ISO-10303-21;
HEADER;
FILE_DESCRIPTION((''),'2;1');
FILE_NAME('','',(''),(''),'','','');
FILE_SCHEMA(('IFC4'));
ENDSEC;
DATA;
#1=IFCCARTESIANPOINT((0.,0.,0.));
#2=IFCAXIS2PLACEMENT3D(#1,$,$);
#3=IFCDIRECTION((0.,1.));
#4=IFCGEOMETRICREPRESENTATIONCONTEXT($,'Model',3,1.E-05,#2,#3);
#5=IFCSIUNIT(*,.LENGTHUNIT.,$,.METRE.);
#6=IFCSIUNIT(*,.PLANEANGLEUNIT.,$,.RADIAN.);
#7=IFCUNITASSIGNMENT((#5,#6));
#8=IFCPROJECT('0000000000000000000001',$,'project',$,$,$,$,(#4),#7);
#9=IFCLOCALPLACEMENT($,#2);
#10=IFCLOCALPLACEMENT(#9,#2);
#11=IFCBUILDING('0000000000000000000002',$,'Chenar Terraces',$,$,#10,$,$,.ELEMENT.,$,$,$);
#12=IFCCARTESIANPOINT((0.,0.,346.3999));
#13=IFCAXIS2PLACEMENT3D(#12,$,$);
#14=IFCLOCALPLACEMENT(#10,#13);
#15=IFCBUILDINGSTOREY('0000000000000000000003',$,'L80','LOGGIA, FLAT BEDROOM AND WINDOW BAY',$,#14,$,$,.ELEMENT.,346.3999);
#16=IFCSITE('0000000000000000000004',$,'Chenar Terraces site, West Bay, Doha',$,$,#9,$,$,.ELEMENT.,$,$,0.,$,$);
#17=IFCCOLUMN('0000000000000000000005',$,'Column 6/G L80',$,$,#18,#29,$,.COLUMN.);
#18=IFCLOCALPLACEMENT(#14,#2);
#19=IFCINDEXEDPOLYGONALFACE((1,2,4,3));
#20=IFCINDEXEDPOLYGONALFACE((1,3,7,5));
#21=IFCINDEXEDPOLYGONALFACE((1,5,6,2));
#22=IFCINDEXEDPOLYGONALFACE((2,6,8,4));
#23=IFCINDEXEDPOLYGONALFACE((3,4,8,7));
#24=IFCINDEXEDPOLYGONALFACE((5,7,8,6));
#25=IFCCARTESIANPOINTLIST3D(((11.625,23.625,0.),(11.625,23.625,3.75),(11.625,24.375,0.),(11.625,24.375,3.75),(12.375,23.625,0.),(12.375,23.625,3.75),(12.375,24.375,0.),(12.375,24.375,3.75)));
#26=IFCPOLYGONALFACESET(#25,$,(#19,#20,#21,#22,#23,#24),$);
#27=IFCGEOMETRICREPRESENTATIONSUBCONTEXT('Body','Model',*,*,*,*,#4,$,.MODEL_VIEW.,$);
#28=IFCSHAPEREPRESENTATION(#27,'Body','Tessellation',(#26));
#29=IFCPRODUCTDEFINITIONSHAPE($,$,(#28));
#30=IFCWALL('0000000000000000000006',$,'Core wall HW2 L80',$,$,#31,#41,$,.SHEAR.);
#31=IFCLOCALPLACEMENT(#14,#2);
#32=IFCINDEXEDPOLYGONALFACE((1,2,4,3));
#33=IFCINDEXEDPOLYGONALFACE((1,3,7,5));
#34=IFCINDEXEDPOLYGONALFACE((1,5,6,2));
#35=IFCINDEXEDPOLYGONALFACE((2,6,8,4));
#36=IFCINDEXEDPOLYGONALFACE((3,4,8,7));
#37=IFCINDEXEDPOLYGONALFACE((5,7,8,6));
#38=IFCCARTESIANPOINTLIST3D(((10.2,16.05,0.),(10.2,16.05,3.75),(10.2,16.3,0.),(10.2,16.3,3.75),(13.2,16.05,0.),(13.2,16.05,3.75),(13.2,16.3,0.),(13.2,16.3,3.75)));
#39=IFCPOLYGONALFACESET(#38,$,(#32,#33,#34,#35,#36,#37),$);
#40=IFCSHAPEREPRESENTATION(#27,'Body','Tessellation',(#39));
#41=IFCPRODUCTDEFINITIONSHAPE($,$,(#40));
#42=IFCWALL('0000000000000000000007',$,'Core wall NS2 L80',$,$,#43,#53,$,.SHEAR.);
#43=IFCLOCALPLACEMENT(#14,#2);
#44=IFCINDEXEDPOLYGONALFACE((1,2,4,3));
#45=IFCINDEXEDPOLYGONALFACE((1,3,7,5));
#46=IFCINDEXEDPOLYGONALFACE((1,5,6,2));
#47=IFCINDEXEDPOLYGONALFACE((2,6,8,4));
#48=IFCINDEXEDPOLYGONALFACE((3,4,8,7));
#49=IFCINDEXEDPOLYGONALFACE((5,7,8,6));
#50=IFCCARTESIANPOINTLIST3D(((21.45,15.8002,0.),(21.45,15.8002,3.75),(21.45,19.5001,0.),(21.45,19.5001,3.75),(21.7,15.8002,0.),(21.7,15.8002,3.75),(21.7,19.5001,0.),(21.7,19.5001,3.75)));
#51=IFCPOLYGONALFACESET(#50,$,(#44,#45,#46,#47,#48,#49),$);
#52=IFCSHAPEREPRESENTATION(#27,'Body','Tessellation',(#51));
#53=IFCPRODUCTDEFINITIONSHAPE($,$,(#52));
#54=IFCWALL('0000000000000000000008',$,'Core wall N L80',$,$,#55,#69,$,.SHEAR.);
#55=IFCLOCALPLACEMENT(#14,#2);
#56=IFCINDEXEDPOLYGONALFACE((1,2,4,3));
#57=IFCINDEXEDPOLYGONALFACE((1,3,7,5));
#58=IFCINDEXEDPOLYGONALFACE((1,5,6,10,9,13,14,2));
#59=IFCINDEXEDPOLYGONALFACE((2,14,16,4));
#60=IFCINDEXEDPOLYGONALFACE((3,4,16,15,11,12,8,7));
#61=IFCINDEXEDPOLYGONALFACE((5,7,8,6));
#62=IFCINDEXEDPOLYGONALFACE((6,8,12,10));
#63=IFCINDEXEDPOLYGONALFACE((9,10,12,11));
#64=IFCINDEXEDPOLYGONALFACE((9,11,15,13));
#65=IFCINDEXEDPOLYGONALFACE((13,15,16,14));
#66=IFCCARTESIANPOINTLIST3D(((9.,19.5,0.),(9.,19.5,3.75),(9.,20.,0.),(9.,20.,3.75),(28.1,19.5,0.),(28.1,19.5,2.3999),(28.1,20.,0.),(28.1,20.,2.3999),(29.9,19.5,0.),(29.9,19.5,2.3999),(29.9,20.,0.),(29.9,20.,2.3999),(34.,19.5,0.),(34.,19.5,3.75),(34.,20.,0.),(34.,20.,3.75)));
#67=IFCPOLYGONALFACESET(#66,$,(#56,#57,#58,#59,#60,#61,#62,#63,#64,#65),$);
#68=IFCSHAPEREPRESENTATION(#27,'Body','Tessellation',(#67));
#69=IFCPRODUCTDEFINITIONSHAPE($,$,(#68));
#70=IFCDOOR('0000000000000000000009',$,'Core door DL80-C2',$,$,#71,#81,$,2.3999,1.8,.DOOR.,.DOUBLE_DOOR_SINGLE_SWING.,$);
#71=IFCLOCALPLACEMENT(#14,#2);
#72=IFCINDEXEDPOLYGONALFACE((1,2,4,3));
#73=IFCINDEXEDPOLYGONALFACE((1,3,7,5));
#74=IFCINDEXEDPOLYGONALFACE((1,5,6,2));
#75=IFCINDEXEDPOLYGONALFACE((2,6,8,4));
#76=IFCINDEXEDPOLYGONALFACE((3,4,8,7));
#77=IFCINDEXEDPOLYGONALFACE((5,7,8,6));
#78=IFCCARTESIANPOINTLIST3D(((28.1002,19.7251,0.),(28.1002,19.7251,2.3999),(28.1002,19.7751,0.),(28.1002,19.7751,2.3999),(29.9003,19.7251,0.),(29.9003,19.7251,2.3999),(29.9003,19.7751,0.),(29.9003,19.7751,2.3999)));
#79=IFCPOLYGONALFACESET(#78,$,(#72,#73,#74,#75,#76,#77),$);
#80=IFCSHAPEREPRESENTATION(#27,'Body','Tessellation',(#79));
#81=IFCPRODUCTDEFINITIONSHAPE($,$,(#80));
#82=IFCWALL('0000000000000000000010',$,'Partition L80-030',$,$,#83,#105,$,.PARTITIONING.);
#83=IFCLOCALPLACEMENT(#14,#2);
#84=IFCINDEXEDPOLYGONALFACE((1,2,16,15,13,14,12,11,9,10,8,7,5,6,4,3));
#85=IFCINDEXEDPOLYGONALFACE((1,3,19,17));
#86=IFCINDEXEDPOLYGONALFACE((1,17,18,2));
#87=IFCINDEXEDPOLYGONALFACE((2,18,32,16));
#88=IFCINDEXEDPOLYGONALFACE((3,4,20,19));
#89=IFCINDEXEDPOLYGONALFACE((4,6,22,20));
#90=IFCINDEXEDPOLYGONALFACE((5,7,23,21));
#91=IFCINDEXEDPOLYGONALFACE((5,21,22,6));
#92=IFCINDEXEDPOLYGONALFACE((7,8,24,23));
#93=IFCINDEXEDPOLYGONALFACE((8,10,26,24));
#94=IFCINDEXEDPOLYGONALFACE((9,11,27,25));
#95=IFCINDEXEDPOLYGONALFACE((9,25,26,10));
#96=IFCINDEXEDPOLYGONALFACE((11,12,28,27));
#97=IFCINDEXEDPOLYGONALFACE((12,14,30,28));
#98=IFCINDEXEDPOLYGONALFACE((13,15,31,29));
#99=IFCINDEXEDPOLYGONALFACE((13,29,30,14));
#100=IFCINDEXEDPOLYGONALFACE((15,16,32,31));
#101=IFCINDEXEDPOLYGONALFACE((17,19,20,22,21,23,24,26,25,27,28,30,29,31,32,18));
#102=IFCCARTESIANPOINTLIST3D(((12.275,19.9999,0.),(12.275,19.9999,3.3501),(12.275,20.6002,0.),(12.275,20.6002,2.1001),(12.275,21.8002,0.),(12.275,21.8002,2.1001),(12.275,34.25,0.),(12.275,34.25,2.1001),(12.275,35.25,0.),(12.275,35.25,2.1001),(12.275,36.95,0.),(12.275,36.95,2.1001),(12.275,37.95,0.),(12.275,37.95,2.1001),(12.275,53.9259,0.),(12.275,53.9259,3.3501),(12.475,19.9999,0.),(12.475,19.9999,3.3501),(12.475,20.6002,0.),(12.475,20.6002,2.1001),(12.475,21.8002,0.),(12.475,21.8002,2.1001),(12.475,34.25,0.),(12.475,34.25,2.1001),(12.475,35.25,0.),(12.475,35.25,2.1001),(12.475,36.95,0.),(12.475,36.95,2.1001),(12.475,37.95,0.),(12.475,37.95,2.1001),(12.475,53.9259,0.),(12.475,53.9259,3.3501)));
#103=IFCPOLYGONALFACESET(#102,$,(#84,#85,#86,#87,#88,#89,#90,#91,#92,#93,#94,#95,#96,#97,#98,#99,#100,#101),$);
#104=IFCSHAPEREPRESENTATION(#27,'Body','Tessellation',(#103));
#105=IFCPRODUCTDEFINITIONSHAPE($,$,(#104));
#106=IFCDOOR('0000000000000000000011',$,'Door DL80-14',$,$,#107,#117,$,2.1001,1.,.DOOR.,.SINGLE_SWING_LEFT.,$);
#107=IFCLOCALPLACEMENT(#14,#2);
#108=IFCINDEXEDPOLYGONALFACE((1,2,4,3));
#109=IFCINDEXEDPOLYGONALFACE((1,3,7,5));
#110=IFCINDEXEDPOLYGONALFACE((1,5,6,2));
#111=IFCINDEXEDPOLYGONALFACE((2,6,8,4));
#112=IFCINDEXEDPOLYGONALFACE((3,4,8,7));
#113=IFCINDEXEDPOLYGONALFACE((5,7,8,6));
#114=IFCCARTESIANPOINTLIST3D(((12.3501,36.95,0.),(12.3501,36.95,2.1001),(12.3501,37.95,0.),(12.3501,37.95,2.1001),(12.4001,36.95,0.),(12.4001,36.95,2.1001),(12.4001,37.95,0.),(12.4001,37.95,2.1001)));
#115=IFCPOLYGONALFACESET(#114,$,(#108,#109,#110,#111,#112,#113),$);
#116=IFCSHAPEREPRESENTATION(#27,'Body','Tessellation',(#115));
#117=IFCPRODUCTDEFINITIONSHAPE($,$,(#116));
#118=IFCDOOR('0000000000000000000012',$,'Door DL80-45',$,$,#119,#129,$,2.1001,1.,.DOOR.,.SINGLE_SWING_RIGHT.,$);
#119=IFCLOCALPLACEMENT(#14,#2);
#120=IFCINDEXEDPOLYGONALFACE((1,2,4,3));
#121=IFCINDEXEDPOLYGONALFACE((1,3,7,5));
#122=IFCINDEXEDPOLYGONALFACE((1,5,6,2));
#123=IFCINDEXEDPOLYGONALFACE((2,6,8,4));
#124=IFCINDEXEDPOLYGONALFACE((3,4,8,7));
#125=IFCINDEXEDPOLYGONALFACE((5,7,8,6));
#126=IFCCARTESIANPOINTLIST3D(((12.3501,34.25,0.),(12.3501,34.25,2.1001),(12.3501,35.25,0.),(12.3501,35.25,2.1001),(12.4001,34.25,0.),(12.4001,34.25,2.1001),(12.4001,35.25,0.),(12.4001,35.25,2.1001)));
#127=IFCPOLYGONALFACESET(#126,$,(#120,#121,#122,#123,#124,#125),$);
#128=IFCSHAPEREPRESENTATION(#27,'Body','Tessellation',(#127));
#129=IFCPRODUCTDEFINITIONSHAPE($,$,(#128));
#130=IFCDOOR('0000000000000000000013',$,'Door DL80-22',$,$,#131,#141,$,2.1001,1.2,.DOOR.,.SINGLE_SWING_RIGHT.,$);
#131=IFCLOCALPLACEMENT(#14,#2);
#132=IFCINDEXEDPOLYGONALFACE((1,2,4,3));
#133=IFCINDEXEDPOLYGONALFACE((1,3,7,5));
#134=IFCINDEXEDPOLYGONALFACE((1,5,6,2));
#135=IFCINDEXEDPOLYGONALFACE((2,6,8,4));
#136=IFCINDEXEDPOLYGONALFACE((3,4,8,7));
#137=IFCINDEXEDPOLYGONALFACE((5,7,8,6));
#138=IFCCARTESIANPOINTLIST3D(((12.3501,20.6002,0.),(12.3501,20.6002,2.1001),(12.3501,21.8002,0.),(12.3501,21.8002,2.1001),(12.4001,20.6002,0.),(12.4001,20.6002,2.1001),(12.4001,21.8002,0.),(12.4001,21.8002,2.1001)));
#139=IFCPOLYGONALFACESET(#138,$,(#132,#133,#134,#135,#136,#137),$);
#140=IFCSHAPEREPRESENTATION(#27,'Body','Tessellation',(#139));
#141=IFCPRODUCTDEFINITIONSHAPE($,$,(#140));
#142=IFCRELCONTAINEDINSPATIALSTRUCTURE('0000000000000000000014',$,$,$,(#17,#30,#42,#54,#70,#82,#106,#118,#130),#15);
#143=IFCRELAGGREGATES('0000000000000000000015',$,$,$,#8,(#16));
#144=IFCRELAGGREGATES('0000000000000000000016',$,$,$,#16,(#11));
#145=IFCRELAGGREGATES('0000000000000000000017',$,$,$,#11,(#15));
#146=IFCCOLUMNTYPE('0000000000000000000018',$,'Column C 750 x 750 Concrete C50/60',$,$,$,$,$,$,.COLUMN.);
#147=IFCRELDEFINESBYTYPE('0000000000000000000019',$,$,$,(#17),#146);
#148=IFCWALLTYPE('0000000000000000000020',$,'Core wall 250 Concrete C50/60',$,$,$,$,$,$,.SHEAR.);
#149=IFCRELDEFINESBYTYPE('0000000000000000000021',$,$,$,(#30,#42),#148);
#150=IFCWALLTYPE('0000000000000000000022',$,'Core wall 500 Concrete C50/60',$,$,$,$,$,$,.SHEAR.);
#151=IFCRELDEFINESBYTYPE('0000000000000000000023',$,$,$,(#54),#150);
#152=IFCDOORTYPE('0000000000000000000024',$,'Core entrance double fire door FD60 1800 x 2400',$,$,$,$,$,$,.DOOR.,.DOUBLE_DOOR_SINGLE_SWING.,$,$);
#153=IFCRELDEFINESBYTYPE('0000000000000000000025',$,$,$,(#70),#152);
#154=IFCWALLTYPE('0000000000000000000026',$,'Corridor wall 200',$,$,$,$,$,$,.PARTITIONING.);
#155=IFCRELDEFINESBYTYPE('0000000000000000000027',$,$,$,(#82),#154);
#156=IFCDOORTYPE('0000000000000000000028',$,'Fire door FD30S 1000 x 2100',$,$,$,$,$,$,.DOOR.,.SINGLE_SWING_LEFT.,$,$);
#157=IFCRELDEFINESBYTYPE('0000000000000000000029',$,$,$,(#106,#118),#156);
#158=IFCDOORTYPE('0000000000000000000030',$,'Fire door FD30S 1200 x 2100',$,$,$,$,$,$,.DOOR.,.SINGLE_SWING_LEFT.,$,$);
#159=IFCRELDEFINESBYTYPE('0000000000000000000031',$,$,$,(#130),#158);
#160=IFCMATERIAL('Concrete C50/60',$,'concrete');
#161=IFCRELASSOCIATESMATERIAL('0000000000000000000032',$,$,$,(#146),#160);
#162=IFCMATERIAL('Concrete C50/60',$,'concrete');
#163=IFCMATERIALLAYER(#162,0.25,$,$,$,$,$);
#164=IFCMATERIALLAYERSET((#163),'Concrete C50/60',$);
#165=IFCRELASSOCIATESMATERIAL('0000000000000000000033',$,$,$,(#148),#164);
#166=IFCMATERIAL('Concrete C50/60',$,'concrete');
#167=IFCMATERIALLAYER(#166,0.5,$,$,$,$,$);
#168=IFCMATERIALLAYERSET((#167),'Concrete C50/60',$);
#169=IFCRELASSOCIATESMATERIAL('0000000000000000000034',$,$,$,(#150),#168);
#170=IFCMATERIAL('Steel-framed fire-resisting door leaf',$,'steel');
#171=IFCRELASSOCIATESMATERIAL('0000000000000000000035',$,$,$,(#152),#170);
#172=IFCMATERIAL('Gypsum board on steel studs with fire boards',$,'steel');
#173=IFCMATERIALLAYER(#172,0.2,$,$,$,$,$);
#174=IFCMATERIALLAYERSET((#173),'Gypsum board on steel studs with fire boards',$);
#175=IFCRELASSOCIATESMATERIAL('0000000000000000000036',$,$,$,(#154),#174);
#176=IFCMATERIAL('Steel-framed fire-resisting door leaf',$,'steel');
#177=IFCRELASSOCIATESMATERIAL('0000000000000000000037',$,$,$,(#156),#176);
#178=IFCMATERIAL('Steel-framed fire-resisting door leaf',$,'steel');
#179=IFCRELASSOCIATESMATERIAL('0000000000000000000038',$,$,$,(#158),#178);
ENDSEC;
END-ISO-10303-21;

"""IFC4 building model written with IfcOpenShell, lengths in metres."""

from ifc_helpers import new_model, si_unit, direction, frame, frame_2d, origin, origin_2d, place, context, subcontext, project, spatial, rectangle, extrude, material, layer, layer_set, material_profile, profile_set, type_object, element, fill, save


model = new_model("IFC4")

# Units and contexts
model_context = context("Model", 3, precision=1e-05, world=origin(), true_north=direction((0.0, 1.0)))
body_context = subcontext(model_context, "Body", "Model", "MODEL_VIEW")
ifc_project = project(units=[si_unit("LENGTHUNIT", "METRE"), si_unit("PLANEANGLEUNIT", "RADIAN")], contexts=[model_context])

# Site, building, storey
site_placement = place(None, origin())
site = spatial("IfcSite", under=ifc_project, at=site_placement, Name="Chenar Terraces site, West Bay, Doha", CompositionType="ELEMENT", RefElevation=0.0)
building_placement = place(site_placement, origin())
building = spatial("IfcBuilding", under=site, at=building_placement, Name="Chenar Terraces", CompositionType="ELEMENT")
storey_placement = place(building_placement, frame((0.0, 0.0, 346.3999)))
storey = spatial("IfcBuildingStorey", under=building, at=storey_placement, Name="L80", Description="LOGGIA, FLAT BEDROOM AND WINDOW BAY", CompositionType="ELEMENT", Elevation=346.3999)

# Column
ifc_material_1 = material(Name="Concrete C50/60", Category="concrete")
ifc_material_profile = material_profile(ifc_material_1, rectangle(XDim=0.75, YDim=0.75, at=origin_2d()), Name="C 750 x 750")
ifc_profile_set = profile_set([ifc_material_profile], Name="Concrete C50/60")
column_type = type_object("IfcColumnType", Name="Column C 750 x 750 Concrete C50/60", PredefinedType="COLUMN", material=ifc_profile_set)
column_placement = place(storey_placement, frame((12.0, 24.0, 0.0), z_axis=(0.0, 0.0, 1.0), x_axis=(1.0, 0.0, 0.0)))
element("IfcColumn", 1, at=column_placement, inside=storey, type_object=column_type, Name="Column 6/G L80", PredefinedType="COLUMN", context=body_context, shape_type="SweptSolid", body=[
    extrude(rectangle(XDim=0.75, YDim=0.75, at=origin_2d()), origin(), (0.0, 0.0, 1.0), 3.75),
])

# Walls
ifc_material_2 = material(Name="Concrete C50/60", Category="concrete")
ifc_layer_1 = layer(ifc_material_2, 0.25)
ifc_layer_set_1 = layer_set([ifc_layer_1], Name="Concrete C50/60")
wall_type_1 = type_object("IfcWallType", Name="Core wall 250 Concrete C50/60", PredefinedType="SHEAR", material=ifc_layer_set_1)
wall_1_placement = place(storey_placement, frame((10.2, 16.175, 0.0), z_axis=(0.0, 0.0, 1.0), x_axis=(1.0, 0.0, 0.0)))
element("IfcWall", 2, at=wall_1_placement, inside=storey, type_object=wall_type_1, Name="Core wall HW2 L80", PredefinedType="SHEAR", context=body_context, shape_type="SweptSolid", body=[
    extrude(rectangle(XDim=3.0, YDim=0.25, at=frame_2d((1.5, 0.0))), origin(), (0.0, 0.0, 1.0), 3.75),
])
wall_2_placement = place(storey_placement, frame((21.575, 15.8, 0.0), z_axis=(0.0, 0.0, 1.0), x_axis=(0.0, 1.0, 0.0)))
element("IfcWall", 3, at=wall_2_placement, inside=storey, type_object=wall_type_1, Name="Core wall NS2 L80", PredefinedType="SHEAR", context=body_context, shape_type="SweptSolid", body=[
    extrude(rectangle(XDim=3.7, YDim=0.25, at=frame_2d((1.8501, 0.0))), origin(), (0.0, 0.0, 1.0), 3.75),
])

# Wall, opening, door
ifc_material_3 = material(Name="Concrete C50/60", Category="concrete")
ifc_layer_2 = layer(ifc_material_3, 0.5)
ifc_layer_set_2 = layer_set([ifc_layer_2], Name="Concrete C50/60")
wall_type_2 = type_object("IfcWallType", Name="Core wall 500 Concrete C50/60", PredefinedType="SHEAR", material=ifc_layer_set_2)
wall_3_placement = place(storey_placement, frame((9.0, 19.75, 0.0), z_axis=(0.0, 0.0, 1.0), x_axis=(1.0, 0.0, 0.0)))
wall_3 = element("IfcWall", 4, at=wall_3_placement, inside=storey, type_object=wall_type_2, Name="Core wall N L80", PredefinedType="SHEAR", context=body_context, shape_type="SweptSolid", body=[
    extrude(rectangle(XDim=25.0, YDim=0.5, at=frame_2d((12.5, 0.0))), origin(), (0.0, 0.0, 1.0), 3.75),
])
opening_1_placement = place(wall_3_placement, frame((19.1001, 0.0, 0.0)))
opening_1 = element("IfcOpeningElement", 5, at=opening_1_placement, cuts=wall_3, PredefinedType="OPENING", context=body_context, shape_type="SweptSolid", body=[
    extrude(rectangle(XDim=1.8, YDim=2.3999, at=frame_2d((0.8999, 1.2))), frame((0.0, 0.26, 0.0), z_axis=(0.0, -1.0, 0.0), x_axis=(1.0, 0.0, 0.0)), (0.0, 0.0, 1.0), 0.52),
])
ifc_material_4 = material(Name="Steel-framed fire-resisting door leaf", Category="steel")
door_type_1 = type_object("IfcDoorType", Name="Core entrance double fire door FD60 1800 x 2400", OperationType="DOUBLE_DOOR_SINGLE_SWING", PredefinedType="DOOR", material=ifc_material_4)
door_1_placement = place(opening_1_placement, frame((1.8, 0.0, 0.0), z_axis=(0.0, 0.0, 1.0), x_axis=(-1.0, 0.0, 0.0)))
door_1 = element("IfcDoor", 6, at=door_1_placement, inside=storey, type_object=door_type_1, Name="Core door DL80-C2", OperationType="DOUBLE_DOOR_SINGLE_SWING", OverallHeight=2.3999, OverallWidth=1.8, PredefinedType="DOOR", context=body_context, shape_type="SweptSolid", body=[
    extrude(rectangle(XDim=1.8, YDim=2.3999, at=frame_2d((0.8999, 1.2))), frame((0.0, 0.0249, 0.0), z_axis=(0.0, -1.0, 0.0), x_axis=(1.0, 0.0, 0.0)), (0.0, 0.0, 1.0), 0.05),
])
fill(opening_1, door_1)

# Wall, openings, doors
ifc_material_5 = material(Name="Gypsum board on steel studs with fire boards", Category="steel")
ifc_layer_3 = layer(ifc_material_5, 0.2)
ifc_layer_set_3 = layer_set([ifc_layer_3], Name="Gypsum board on steel studs with fire boards")
wall_type_3 = type_object("IfcWallType", Name="Corridor wall 200", PredefinedType="PARTITIONING", material=ifc_layer_set_3)
wall_4_placement = place(storey_placement, frame((12.375, 20.0, 0.0), z_axis=(0.0, 0.0, 1.0), x_axis=(0.0, 1.0, 0.0)))
wall_4 = element("IfcWall", 7, at=wall_4_placement, inside=storey, type_object=wall_type_3, Name="Partition L80-030", PredefinedType="PARTITIONING", context=body_context, shape_type="SweptSolid", body=[
    extrude(rectangle(XDim=33.926, YDim=0.2, at=frame_2d((16.9629, 0.0))), origin(), (0.0, 0.0, 1.0), 3.3501),
])
opening_2_placement = place(wall_4_placement, frame((16.95, 0.0, 0.0)))
opening_2 = element("IfcOpeningElement", 8, at=opening_2_placement, cuts=wall_4, PredefinedType="OPENING", context=body_context, shape_type="SweptSolid", body=[
    extrude(rectangle(XDim=1.0, YDim=2.1001, at=frame_2d((0.5, 1.05))), frame((0.0, 0.1099, 0.0), z_axis=(0.0, -1.0, 0.0), x_axis=(1.0, 0.0, 0.0)), (0.0, 0.0, 1.0), 0.22),
])
opening_3_placement = place(wall_4_placement, frame((0.6001, 0.0, 0.0)))
opening_3 = element("IfcOpeningElement", 9, at=opening_3_placement, cuts=wall_4, PredefinedType="OPENING", context=body_context, shape_type="SweptSolid", body=[
    extrude(rectangle(XDim=1.2, YDim=2.1001, at=frame_2d((0.6001, 1.05))), frame((0.0, 0.1099, 0.0), z_axis=(0.0, -1.0, 0.0), x_axis=(1.0, 0.0, 0.0)), (0.0, 0.0, 1.0), 0.22),
])
opening_4_placement = place(wall_4_placement, frame((14.25, 0.0, 0.0)))
opening_4 = element("IfcOpeningElement", 10, at=opening_4_placement, cuts=wall_4, PredefinedType="OPENING", context=body_context, shape_type="SweptSolid", body=[
    extrude(rectangle(XDim=1.0, YDim=2.1001, at=frame_2d((0.5, 1.05))), frame((0.0, 0.1099, 0.0), z_axis=(0.0, -1.0, 0.0), x_axis=(1.0, 0.0, 0.0)), (0.0, 0.0, 1.0), 0.22),
])
ifc_material_6 = material(Name="Steel-framed fire-resisting door leaf", Category="steel")
door_type_2 = type_object("IfcDoorType", Name="Fire door FD30S 1000 x 2100", OperationType="SINGLE_SWING_LEFT", PredefinedType="DOOR", material=ifc_material_6)
door_2_placement = place(opening_2_placement, origin())
door_2 = element("IfcDoor", 11, at=door_2_placement, inside=storey, type_object=door_type_2, Name="Door DL80-14", OperationType="SINGLE_SWING_LEFT", OverallHeight=2.1001, OverallWidth=1.0, PredefinedType="DOOR", context=body_context, shape_type="SweptSolid", body=[
    extrude(rectangle(XDim=1.0, YDim=2.1001, at=frame_2d((0.5, 1.05))), frame((0.0, 0.0249, 0.0), z_axis=(0.0, -1.0, 0.0), x_axis=(1.0, 0.0, 0.0)), (0.0, 0.0, 1.0), 0.05),
])
fill(opening_2, door_2)
door_3_placement = place(opening_4_placement, origin())
door_3 = element("IfcDoor", 12, at=door_3_placement, inside=storey, type_object=door_type_2, Name="Door DL80-45", OperationType="SINGLE_SWING_RIGHT", OverallHeight=2.1001, OverallWidth=1.0, PredefinedType="DOOR", context=body_context, shape_type="SweptSolid", body=[
    extrude(rectangle(XDim=1.0, YDim=2.1001, at=frame_2d((0.5, 1.05))), frame((0.0, 0.0249, 0.0), z_axis=(0.0, -1.0, 0.0), x_axis=(1.0, 0.0, 0.0)), (0.0, 0.0, 1.0), 0.05),
])
fill(opening_4, door_3)
ifc_material_7 = material(Name="Steel-framed fire-resisting door leaf", Category="steel")
door_type_3 = type_object("IfcDoorType", Name="Fire door FD30S 1200 x 2100", OperationType="SINGLE_SWING_LEFT", PredefinedType="DOOR", material=ifc_material_7)
door_4_placement = place(opening_3_placement, origin())
door_4 = element("IfcDoor", 13, at=door_4_placement, inside=storey, type_object=door_type_3, Name="Door DL80-22", OperationType="SINGLE_SWING_RIGHT", OverallHeight=2.1001, OverallWidth=1.2, PredefinedType="DOOR", context=body_context, shape_type="SweptSolid", body=[
    extrude(rectangle(XDim=1.2, YDim=2.1001, at=frame_2d((0.6001, 1.05))), frame((0.0, 0.0249, 0.0), z_axis=(0.0, -1.0, 0.0), x_axis=(1.0, 0.0, 0.0)), (0.0, 0.0, 1.0), 0.05),
])
fill(opening_3, door_4)

save(model, "model.ifc")
